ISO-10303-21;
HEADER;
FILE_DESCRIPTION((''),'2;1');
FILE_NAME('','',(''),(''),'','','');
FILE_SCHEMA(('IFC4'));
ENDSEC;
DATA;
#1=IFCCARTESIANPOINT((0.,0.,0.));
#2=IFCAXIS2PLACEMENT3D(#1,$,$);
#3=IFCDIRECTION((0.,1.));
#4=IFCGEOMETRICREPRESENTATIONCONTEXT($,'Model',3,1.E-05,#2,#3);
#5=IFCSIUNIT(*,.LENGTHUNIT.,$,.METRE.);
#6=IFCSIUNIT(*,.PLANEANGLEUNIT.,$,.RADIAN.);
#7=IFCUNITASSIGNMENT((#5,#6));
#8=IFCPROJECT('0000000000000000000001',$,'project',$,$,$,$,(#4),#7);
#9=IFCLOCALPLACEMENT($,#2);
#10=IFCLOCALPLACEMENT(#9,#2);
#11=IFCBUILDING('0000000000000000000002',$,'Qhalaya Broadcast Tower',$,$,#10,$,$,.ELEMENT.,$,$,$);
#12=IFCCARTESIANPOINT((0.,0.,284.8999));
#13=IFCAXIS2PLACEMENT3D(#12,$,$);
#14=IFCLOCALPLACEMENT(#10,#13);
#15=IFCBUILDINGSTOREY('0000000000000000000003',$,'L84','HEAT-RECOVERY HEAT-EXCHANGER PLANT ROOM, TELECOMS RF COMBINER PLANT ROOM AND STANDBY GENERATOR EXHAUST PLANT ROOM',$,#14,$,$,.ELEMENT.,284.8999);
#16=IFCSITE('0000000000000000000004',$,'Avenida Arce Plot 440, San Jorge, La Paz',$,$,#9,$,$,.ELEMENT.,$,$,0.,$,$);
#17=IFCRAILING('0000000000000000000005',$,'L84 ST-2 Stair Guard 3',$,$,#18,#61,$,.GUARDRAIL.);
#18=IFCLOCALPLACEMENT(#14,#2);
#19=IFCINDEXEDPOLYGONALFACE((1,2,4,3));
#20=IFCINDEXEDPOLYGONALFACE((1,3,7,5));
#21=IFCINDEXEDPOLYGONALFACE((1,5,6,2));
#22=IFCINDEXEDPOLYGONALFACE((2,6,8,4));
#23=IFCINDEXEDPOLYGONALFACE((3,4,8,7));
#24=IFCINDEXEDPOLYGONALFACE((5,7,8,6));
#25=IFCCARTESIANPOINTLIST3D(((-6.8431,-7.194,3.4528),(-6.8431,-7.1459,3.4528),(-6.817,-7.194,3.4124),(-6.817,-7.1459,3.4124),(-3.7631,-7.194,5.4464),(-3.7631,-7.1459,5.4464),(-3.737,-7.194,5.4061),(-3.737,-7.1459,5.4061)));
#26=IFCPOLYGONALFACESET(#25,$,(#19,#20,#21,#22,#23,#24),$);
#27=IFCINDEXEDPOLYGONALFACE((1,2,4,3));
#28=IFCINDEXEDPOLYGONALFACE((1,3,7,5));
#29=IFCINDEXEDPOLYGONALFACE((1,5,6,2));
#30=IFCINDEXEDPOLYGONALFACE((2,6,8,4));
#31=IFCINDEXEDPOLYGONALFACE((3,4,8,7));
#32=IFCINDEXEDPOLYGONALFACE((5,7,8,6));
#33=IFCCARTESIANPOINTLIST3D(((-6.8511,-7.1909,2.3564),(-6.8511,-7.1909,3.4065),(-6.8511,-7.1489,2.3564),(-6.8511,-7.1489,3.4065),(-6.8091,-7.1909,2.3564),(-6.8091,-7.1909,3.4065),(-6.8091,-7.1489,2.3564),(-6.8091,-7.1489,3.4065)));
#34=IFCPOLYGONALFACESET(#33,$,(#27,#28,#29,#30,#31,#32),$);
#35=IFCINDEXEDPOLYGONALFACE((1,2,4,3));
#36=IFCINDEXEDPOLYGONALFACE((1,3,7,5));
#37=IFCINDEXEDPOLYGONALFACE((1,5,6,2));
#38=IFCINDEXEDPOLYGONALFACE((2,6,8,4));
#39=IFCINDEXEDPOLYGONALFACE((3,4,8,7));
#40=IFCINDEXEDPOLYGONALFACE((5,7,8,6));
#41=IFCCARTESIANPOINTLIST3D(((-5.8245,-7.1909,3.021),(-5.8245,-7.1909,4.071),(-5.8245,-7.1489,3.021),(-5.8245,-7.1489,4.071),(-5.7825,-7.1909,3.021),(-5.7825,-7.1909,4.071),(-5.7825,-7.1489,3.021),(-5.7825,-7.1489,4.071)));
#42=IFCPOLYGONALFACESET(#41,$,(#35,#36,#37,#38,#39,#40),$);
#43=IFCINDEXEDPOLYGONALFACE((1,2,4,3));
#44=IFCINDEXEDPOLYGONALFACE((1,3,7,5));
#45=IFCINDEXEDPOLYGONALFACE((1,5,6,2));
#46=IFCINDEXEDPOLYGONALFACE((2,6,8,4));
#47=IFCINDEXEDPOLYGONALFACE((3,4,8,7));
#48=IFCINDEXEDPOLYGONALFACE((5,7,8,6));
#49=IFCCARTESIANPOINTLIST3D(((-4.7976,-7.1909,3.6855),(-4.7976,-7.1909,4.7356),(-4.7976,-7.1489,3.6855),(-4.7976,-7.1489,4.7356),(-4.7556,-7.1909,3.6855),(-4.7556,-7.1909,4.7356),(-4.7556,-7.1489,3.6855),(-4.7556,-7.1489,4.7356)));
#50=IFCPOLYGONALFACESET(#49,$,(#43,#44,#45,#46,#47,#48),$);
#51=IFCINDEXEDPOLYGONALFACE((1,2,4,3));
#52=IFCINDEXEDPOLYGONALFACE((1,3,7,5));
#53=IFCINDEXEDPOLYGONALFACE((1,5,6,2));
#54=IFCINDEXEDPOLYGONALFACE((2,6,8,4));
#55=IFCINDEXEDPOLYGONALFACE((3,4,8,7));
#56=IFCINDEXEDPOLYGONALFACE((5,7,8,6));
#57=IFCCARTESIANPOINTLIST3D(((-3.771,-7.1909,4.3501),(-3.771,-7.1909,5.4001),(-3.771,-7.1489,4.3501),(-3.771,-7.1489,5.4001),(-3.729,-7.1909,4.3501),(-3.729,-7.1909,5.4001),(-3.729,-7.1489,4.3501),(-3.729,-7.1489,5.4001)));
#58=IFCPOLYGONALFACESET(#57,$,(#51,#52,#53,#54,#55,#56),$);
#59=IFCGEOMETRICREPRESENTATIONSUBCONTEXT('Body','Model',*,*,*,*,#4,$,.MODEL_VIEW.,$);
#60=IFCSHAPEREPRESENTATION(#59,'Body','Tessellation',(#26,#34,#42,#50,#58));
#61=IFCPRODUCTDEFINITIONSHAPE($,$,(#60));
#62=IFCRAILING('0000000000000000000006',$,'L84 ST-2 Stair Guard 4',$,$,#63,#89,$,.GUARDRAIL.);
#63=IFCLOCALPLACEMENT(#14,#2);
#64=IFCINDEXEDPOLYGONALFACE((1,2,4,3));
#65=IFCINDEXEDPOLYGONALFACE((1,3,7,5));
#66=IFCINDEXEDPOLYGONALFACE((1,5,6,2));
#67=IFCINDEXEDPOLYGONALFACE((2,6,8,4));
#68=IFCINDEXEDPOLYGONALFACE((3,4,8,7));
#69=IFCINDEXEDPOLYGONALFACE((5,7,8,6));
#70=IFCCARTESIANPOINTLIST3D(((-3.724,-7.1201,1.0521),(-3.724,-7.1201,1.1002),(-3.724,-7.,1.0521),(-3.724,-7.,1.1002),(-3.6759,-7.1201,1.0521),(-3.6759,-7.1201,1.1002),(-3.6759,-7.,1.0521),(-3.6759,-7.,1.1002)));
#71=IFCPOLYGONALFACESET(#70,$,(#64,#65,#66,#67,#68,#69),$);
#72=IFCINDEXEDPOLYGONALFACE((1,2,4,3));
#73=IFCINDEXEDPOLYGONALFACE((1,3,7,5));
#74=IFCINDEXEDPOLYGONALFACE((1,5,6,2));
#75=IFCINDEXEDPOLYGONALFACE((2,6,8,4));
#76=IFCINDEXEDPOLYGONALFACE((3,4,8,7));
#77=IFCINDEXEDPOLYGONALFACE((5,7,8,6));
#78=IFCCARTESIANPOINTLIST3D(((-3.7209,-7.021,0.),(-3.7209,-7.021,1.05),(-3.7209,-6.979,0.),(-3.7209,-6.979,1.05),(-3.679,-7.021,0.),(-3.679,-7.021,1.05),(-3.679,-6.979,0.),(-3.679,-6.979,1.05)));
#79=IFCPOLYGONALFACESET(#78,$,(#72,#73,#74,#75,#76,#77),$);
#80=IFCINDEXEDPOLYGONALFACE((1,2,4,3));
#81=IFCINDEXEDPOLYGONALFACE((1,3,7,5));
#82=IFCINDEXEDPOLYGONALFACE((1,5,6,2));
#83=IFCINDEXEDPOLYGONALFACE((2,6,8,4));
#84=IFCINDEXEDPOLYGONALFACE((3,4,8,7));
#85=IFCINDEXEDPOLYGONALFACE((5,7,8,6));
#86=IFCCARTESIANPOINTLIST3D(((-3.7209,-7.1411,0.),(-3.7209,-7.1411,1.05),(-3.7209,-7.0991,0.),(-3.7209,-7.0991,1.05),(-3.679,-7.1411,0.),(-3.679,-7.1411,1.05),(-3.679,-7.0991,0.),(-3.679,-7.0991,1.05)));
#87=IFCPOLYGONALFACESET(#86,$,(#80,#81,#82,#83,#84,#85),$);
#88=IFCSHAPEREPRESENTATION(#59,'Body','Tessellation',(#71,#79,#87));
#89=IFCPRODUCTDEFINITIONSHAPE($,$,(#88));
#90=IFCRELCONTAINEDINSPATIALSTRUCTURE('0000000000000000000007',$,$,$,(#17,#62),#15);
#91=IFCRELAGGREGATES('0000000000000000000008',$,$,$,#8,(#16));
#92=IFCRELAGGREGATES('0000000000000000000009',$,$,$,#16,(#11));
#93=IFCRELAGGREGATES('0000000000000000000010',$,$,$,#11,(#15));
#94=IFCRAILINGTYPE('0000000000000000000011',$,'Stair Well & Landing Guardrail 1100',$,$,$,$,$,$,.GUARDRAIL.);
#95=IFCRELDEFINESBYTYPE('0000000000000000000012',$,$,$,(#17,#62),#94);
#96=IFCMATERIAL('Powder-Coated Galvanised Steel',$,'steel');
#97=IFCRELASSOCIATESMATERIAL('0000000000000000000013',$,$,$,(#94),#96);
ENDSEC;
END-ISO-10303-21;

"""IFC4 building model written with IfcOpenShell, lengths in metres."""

from ifc_helpers import new_model, si_unit, direction, frame, origin, origin_2d, place, context, subcontext, project, spatial, rectangle, extrude, material, type_object, element, save


model = new_model("IFC4")

# Units and contexts
model_context = context("Model", 3, precision=1e-05, world=origin(), true_north=direction((0.0, 1.0)))
body_context = subcontext(model_context, "Body", "Model", "MODEL_VIEW")
ifc_project = project(units=[si_unit("LENGTHUNIT", "METRE"), si_unit("PLANEANGLEUNIT", "RADIAN")], contexts=[model_context])

# Site, building, storey
site_placement = place(None, origin())
site = spatial("IfcSite", under=ifc_project, at=site_placement, Name="Avenida Arce Plot 440, San Jorge, La Paz", CompositionType="ELEMENT", RefElevation=0.0)
building_placement = place(site_placement, origin())
building = spatial("IfcBuilding", under=site, at=building_placement, Name="Qhalaya Broadcast Tower", CompositionType="ELEMENT")
storey_placement = place(building_placement, frame((0.0, 0.0, 284.8999)))
storey = spatial("IfcBuildingStorey", under=building, at=storey_placement, Name="L84", Description="HEAT-RECOVERY HEAT-EXCHANGER PLANT ROOM, TELECOMS RF COMBINER PLANT ROOM AND STANDBY GENERATOR EXHAUST PLANT ROOM", CompositionType="ELEMENT", Elevation=284.8999)

# Railings
ifc_material_1 = material(Name="Powder-Coated Galvanised Steel", Category="steel")
railing_type_1 = type_object("IfcRailingType", Name="Stair Well & Landing Guardrail 1100", PredefinedType="GUARDRAIL", material=ifc_material_1)
railing_1_placement = place(storey_placement, frame((-6.8301, -7.1699, 2.3564)))
element("IfcRailing", 1, at=railing_1_placement, inside=storey, type_object=railing_type_1, Name="L84 ST-2 Stair Guard 3", PredefinedType="GUARDRAIL", context=body_context, shape_type="SweptSolid", body=[
    extrude(rectangle(XDim=0.0481, YDim=0.0481, at=origin_2d()), frame((0.0, 0.0, 1.0762), z_axis=(0.839488, 0.0, 0.543378), x_axis=(0.0, 1.0, 0.0)), (0.0, 0.0, 1.0), 3.6689),
    extrude(rectangle(XDim=0.042, YDim=0.042, at=origin_2d()), origin(), (0.0, 0.0, 1.0), 1.05),
    extrude(rectangle(XDim=0.042, YDim=0.042, at=origin_2d()), frame((1.0266, 0.0, 0.6646)), (0.0, 0.0, 1.0), 1.05),
    extrude(rectangle(XDim=0.042, YDim=0.042, at=origin_2d()), frame((2.0535, 0.0, 1.3291)), (0.0, 0.0, 1.0), 1.05),
    extrude(rectangle(XDim=0.042, YDim=0.042, at=origin_2d()), frame((3.0801, 0.0, 1.9937)), (0.0, 0.0, 1.0), 1.05),
])
railing_2_placement = place(storey_placement, frame((-3.7, -7.0, 0.0)))
element("IfcRailing", 2, at=railing_2_placement, inside=storey, type_object=railing_type_1, Name="L84 ST-2 Stair Guard 4", PredefinedType="GUARDRAIL", context=body_context, shape_type="SweptSolid", body=[
    extrude(rectangle(XDim=0.0481, YDim=0.0481, at=origin_2d()), frame((0.0, 0.0, 1.0762), z_axis=(0.0, -1.0, 0.0), x_axis=(1.0, 0.0, 0.0)), (0.0, 0.0, 1.0), 0.1201),
    extrude(rectangle(XDim=0.042, YDim=0.042, at=origin_2d()), origin(), (0.0, 0.0, 1.0), 1.05),
    extrude(rectangle(XDim=0.042, YDim=0.042, at=origin_2d()), frame((0.0, -0.1201, 0.0)), (0.0, 0.0, 1.0), 1.05),
])

save(model, "model.ifc")
